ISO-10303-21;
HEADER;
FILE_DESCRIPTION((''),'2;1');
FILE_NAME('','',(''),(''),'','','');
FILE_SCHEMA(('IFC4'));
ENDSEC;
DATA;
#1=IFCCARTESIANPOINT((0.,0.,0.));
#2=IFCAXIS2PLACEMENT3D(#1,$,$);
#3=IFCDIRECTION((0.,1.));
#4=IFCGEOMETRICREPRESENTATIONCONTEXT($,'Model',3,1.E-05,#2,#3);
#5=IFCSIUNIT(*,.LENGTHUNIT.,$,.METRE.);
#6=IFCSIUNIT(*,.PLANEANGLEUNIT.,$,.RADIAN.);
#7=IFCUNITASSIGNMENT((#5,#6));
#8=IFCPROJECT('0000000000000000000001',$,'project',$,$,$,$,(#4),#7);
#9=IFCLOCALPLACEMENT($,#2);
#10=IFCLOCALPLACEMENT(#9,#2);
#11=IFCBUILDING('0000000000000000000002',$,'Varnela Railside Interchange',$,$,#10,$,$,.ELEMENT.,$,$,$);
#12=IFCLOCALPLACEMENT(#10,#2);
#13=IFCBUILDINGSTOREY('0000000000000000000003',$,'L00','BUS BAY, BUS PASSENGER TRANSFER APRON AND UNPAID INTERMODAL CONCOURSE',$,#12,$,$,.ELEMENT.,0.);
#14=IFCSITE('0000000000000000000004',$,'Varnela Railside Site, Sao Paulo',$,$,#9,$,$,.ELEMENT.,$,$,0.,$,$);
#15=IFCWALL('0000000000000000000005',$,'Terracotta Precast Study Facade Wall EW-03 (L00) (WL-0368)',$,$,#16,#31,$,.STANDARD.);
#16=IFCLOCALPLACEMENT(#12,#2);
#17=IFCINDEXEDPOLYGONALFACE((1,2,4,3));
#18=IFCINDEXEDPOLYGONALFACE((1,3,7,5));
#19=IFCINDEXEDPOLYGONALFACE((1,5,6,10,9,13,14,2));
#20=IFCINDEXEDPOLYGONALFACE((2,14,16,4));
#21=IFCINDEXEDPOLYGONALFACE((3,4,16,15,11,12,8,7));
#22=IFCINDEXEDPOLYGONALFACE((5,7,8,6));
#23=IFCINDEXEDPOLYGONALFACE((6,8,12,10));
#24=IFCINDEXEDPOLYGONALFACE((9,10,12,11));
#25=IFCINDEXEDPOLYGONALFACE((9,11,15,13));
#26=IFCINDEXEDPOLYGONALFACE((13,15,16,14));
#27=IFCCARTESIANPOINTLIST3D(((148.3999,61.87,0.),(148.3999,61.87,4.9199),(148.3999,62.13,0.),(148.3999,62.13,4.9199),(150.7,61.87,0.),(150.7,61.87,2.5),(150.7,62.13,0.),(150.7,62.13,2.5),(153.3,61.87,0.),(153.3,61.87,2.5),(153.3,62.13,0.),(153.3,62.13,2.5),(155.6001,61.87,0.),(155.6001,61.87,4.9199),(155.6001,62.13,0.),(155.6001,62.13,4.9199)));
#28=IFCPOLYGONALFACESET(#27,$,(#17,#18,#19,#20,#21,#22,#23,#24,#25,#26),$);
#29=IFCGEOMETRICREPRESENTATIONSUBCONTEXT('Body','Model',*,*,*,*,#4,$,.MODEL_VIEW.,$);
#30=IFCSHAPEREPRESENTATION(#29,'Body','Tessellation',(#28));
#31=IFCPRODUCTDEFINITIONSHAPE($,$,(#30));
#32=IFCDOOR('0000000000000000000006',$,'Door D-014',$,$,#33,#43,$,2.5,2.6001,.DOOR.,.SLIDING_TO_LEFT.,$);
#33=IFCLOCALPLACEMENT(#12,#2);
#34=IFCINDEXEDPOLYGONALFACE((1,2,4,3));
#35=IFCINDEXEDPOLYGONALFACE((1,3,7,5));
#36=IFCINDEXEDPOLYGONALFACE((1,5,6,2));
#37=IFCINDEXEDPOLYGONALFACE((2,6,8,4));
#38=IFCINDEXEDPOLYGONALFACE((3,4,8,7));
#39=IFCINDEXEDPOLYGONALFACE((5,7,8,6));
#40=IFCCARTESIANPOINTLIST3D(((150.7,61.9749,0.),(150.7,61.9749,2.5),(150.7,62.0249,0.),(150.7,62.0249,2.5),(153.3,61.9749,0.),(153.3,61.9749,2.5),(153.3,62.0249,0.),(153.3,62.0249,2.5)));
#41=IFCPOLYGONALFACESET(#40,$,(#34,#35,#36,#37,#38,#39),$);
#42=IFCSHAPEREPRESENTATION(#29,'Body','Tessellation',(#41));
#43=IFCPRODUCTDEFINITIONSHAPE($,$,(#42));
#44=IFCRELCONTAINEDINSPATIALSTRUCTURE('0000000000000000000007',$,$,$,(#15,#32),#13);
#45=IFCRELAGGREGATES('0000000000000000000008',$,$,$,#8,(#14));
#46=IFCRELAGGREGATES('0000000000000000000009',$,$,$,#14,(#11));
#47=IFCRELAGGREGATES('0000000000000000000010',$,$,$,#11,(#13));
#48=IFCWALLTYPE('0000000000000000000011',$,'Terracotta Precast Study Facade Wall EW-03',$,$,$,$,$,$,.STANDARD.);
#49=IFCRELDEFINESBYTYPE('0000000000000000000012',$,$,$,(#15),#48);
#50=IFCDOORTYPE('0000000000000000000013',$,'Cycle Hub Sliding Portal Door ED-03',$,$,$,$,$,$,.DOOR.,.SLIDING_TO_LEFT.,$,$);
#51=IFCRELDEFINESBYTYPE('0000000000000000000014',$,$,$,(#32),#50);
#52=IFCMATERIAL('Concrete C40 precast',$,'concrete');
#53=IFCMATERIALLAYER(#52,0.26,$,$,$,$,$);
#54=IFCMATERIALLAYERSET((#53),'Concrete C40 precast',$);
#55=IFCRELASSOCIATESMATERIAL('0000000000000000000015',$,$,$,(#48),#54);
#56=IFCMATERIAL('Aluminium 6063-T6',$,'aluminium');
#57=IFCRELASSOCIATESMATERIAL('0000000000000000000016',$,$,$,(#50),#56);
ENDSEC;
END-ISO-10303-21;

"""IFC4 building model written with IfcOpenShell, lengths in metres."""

from ifc_helpers import new_model, si_unit, direction, frame, frame_2d, origin, place, context, subcontext, project, spatial, rectangle, extrude, material, layer, layer_set, type_object, element, fill, save


model = new_model("IFC4")

# Units and contexts
model_context = context("Model", 3, precision=1e-05, world=origin(), true_north=direction((0.0, 1.0)))
body_context = subcontext(model_context, "Body", "Model", "MODEL_VIEW")
ifc_project = project(units=[si_unit("LENGTHUNIT", "METRE"), si_unit("PLANEANGLEUNIT", "RADIAN")], contexts=[model_context])

# Site, building, storey
site_placement = place(None, origin())
site = spatial("IfcSite", under=ifc_project, at=site_placement, Name="Varnela Railside Site, Sao Paulo", CompositionType="ELEMENT", RefElevation=0.0)
building_placement = place(site_placement, origin())
building = spatial("IfcBuilding", under=site, at=building_placement, Name="Varnela Railside Interchange", CompositionType="ELEMENT")
storey_placement = place(building_placement, origin())
storey = spatial("IfcBuildingStorey", under=building, at=storey_placement, Name="L00", Description="BUS BAY, BUS PASSENGER TRANSFER APRON AND UNPAID INTERMODAL CONCOURSE", CompositionType="ELEMENT", Elevation=0.0)

# Wall, opening, door
ifc_material_1 = material(Name="Concrete C40 precast", Category="concrete")
ifc_layer = layer(ifc_material_1, 0.26)
ifc_layer_set = layer_set([ifc_layer], Name="Concrete C40 precast")
wall_type = type_object("IfcWallType", Name="Terracotta Precast Study Facade Wall EW-03", PredefinedType="STANDARD", material=ifc_layer_set)
ifc_material_2 = material(Name="Aluminium 6063-T6", Category="aluminium")
door_type = type_object("IfcDoorType", Name="Cycle Hub Sliding Portal Door ED-03", OperationType="SLIDING_TO_LEFT", PredefinedType="DOOR", material=ifc_material_2)
wall_1_placement = place(storey_placement, frame((148.3999, 62.0, 0.0), z_axis=(0.0, 0.0, 1.0), x_axis=(1.0, 0.0, 0.0)))
wall_1 = element("IfcWall", 1, at=wall_1_placement, inside=storey, type_object=wall_type, Name="Terracotta Precast Study Facade Wall EW-03 (L00) (WL-0368)", PredefinedType="STANDARD", context=body_context, shape_type="SweptSolid", body=[
    extrude(rectangle(XDim=7.2002, YDim=0.26, at=frame_2d((3.6001, 0.0))), origin(), (0.0, 0.0, 1.0), 4.9199),
])
opening_1_placement = place(wall_1_placement, frame((2.3, 0.0, 0.0)))
opening_1 = element("IfcOpeningElement", 2, at=opening_1_placement, cuts=wall_1, PredefinedType="OPENING", context=body_context, shape_type="SweptSolid", body=[
    extrude(rectangle(XDim=2.6001, YDim=2.5, at=frame_2d((1.3, 1.25))), frame((0.0, 0.1399, 0.0), z_axis=(0.0, -1.0, 0.0), x_axis=(1.0, 0.0, 0.0)), (0.0, 0.0, 1.0), 0.28),
])
door_1_placement = place(opening_1_placement, origin())
door_1 = element("IfcDoor", 3, at=door_1_placement, inside=storey, type_object=door_type, Name="Door D-014", OperationType="SLIDING_TO_LEFT", OverallHeight=2.5, OverallWidth=2.6001, PredefinedType="DOOR", context=body_context, shape_type="SweptSolid", body=[
    extrude(rectangle(XDim=2.6001, YDim=2.5, at=frame_2d((1.3, 1.25))), frame((0.0, 0.0249, 0.0), z_axis=(0.0, -1.0, 0.0), x_axis=(1.0, 0.0, 0.0)), (0.0, 0.0, 1.0), 0.05),
])
fill(opening_1, door_1)

save(model, "model.ifc")
